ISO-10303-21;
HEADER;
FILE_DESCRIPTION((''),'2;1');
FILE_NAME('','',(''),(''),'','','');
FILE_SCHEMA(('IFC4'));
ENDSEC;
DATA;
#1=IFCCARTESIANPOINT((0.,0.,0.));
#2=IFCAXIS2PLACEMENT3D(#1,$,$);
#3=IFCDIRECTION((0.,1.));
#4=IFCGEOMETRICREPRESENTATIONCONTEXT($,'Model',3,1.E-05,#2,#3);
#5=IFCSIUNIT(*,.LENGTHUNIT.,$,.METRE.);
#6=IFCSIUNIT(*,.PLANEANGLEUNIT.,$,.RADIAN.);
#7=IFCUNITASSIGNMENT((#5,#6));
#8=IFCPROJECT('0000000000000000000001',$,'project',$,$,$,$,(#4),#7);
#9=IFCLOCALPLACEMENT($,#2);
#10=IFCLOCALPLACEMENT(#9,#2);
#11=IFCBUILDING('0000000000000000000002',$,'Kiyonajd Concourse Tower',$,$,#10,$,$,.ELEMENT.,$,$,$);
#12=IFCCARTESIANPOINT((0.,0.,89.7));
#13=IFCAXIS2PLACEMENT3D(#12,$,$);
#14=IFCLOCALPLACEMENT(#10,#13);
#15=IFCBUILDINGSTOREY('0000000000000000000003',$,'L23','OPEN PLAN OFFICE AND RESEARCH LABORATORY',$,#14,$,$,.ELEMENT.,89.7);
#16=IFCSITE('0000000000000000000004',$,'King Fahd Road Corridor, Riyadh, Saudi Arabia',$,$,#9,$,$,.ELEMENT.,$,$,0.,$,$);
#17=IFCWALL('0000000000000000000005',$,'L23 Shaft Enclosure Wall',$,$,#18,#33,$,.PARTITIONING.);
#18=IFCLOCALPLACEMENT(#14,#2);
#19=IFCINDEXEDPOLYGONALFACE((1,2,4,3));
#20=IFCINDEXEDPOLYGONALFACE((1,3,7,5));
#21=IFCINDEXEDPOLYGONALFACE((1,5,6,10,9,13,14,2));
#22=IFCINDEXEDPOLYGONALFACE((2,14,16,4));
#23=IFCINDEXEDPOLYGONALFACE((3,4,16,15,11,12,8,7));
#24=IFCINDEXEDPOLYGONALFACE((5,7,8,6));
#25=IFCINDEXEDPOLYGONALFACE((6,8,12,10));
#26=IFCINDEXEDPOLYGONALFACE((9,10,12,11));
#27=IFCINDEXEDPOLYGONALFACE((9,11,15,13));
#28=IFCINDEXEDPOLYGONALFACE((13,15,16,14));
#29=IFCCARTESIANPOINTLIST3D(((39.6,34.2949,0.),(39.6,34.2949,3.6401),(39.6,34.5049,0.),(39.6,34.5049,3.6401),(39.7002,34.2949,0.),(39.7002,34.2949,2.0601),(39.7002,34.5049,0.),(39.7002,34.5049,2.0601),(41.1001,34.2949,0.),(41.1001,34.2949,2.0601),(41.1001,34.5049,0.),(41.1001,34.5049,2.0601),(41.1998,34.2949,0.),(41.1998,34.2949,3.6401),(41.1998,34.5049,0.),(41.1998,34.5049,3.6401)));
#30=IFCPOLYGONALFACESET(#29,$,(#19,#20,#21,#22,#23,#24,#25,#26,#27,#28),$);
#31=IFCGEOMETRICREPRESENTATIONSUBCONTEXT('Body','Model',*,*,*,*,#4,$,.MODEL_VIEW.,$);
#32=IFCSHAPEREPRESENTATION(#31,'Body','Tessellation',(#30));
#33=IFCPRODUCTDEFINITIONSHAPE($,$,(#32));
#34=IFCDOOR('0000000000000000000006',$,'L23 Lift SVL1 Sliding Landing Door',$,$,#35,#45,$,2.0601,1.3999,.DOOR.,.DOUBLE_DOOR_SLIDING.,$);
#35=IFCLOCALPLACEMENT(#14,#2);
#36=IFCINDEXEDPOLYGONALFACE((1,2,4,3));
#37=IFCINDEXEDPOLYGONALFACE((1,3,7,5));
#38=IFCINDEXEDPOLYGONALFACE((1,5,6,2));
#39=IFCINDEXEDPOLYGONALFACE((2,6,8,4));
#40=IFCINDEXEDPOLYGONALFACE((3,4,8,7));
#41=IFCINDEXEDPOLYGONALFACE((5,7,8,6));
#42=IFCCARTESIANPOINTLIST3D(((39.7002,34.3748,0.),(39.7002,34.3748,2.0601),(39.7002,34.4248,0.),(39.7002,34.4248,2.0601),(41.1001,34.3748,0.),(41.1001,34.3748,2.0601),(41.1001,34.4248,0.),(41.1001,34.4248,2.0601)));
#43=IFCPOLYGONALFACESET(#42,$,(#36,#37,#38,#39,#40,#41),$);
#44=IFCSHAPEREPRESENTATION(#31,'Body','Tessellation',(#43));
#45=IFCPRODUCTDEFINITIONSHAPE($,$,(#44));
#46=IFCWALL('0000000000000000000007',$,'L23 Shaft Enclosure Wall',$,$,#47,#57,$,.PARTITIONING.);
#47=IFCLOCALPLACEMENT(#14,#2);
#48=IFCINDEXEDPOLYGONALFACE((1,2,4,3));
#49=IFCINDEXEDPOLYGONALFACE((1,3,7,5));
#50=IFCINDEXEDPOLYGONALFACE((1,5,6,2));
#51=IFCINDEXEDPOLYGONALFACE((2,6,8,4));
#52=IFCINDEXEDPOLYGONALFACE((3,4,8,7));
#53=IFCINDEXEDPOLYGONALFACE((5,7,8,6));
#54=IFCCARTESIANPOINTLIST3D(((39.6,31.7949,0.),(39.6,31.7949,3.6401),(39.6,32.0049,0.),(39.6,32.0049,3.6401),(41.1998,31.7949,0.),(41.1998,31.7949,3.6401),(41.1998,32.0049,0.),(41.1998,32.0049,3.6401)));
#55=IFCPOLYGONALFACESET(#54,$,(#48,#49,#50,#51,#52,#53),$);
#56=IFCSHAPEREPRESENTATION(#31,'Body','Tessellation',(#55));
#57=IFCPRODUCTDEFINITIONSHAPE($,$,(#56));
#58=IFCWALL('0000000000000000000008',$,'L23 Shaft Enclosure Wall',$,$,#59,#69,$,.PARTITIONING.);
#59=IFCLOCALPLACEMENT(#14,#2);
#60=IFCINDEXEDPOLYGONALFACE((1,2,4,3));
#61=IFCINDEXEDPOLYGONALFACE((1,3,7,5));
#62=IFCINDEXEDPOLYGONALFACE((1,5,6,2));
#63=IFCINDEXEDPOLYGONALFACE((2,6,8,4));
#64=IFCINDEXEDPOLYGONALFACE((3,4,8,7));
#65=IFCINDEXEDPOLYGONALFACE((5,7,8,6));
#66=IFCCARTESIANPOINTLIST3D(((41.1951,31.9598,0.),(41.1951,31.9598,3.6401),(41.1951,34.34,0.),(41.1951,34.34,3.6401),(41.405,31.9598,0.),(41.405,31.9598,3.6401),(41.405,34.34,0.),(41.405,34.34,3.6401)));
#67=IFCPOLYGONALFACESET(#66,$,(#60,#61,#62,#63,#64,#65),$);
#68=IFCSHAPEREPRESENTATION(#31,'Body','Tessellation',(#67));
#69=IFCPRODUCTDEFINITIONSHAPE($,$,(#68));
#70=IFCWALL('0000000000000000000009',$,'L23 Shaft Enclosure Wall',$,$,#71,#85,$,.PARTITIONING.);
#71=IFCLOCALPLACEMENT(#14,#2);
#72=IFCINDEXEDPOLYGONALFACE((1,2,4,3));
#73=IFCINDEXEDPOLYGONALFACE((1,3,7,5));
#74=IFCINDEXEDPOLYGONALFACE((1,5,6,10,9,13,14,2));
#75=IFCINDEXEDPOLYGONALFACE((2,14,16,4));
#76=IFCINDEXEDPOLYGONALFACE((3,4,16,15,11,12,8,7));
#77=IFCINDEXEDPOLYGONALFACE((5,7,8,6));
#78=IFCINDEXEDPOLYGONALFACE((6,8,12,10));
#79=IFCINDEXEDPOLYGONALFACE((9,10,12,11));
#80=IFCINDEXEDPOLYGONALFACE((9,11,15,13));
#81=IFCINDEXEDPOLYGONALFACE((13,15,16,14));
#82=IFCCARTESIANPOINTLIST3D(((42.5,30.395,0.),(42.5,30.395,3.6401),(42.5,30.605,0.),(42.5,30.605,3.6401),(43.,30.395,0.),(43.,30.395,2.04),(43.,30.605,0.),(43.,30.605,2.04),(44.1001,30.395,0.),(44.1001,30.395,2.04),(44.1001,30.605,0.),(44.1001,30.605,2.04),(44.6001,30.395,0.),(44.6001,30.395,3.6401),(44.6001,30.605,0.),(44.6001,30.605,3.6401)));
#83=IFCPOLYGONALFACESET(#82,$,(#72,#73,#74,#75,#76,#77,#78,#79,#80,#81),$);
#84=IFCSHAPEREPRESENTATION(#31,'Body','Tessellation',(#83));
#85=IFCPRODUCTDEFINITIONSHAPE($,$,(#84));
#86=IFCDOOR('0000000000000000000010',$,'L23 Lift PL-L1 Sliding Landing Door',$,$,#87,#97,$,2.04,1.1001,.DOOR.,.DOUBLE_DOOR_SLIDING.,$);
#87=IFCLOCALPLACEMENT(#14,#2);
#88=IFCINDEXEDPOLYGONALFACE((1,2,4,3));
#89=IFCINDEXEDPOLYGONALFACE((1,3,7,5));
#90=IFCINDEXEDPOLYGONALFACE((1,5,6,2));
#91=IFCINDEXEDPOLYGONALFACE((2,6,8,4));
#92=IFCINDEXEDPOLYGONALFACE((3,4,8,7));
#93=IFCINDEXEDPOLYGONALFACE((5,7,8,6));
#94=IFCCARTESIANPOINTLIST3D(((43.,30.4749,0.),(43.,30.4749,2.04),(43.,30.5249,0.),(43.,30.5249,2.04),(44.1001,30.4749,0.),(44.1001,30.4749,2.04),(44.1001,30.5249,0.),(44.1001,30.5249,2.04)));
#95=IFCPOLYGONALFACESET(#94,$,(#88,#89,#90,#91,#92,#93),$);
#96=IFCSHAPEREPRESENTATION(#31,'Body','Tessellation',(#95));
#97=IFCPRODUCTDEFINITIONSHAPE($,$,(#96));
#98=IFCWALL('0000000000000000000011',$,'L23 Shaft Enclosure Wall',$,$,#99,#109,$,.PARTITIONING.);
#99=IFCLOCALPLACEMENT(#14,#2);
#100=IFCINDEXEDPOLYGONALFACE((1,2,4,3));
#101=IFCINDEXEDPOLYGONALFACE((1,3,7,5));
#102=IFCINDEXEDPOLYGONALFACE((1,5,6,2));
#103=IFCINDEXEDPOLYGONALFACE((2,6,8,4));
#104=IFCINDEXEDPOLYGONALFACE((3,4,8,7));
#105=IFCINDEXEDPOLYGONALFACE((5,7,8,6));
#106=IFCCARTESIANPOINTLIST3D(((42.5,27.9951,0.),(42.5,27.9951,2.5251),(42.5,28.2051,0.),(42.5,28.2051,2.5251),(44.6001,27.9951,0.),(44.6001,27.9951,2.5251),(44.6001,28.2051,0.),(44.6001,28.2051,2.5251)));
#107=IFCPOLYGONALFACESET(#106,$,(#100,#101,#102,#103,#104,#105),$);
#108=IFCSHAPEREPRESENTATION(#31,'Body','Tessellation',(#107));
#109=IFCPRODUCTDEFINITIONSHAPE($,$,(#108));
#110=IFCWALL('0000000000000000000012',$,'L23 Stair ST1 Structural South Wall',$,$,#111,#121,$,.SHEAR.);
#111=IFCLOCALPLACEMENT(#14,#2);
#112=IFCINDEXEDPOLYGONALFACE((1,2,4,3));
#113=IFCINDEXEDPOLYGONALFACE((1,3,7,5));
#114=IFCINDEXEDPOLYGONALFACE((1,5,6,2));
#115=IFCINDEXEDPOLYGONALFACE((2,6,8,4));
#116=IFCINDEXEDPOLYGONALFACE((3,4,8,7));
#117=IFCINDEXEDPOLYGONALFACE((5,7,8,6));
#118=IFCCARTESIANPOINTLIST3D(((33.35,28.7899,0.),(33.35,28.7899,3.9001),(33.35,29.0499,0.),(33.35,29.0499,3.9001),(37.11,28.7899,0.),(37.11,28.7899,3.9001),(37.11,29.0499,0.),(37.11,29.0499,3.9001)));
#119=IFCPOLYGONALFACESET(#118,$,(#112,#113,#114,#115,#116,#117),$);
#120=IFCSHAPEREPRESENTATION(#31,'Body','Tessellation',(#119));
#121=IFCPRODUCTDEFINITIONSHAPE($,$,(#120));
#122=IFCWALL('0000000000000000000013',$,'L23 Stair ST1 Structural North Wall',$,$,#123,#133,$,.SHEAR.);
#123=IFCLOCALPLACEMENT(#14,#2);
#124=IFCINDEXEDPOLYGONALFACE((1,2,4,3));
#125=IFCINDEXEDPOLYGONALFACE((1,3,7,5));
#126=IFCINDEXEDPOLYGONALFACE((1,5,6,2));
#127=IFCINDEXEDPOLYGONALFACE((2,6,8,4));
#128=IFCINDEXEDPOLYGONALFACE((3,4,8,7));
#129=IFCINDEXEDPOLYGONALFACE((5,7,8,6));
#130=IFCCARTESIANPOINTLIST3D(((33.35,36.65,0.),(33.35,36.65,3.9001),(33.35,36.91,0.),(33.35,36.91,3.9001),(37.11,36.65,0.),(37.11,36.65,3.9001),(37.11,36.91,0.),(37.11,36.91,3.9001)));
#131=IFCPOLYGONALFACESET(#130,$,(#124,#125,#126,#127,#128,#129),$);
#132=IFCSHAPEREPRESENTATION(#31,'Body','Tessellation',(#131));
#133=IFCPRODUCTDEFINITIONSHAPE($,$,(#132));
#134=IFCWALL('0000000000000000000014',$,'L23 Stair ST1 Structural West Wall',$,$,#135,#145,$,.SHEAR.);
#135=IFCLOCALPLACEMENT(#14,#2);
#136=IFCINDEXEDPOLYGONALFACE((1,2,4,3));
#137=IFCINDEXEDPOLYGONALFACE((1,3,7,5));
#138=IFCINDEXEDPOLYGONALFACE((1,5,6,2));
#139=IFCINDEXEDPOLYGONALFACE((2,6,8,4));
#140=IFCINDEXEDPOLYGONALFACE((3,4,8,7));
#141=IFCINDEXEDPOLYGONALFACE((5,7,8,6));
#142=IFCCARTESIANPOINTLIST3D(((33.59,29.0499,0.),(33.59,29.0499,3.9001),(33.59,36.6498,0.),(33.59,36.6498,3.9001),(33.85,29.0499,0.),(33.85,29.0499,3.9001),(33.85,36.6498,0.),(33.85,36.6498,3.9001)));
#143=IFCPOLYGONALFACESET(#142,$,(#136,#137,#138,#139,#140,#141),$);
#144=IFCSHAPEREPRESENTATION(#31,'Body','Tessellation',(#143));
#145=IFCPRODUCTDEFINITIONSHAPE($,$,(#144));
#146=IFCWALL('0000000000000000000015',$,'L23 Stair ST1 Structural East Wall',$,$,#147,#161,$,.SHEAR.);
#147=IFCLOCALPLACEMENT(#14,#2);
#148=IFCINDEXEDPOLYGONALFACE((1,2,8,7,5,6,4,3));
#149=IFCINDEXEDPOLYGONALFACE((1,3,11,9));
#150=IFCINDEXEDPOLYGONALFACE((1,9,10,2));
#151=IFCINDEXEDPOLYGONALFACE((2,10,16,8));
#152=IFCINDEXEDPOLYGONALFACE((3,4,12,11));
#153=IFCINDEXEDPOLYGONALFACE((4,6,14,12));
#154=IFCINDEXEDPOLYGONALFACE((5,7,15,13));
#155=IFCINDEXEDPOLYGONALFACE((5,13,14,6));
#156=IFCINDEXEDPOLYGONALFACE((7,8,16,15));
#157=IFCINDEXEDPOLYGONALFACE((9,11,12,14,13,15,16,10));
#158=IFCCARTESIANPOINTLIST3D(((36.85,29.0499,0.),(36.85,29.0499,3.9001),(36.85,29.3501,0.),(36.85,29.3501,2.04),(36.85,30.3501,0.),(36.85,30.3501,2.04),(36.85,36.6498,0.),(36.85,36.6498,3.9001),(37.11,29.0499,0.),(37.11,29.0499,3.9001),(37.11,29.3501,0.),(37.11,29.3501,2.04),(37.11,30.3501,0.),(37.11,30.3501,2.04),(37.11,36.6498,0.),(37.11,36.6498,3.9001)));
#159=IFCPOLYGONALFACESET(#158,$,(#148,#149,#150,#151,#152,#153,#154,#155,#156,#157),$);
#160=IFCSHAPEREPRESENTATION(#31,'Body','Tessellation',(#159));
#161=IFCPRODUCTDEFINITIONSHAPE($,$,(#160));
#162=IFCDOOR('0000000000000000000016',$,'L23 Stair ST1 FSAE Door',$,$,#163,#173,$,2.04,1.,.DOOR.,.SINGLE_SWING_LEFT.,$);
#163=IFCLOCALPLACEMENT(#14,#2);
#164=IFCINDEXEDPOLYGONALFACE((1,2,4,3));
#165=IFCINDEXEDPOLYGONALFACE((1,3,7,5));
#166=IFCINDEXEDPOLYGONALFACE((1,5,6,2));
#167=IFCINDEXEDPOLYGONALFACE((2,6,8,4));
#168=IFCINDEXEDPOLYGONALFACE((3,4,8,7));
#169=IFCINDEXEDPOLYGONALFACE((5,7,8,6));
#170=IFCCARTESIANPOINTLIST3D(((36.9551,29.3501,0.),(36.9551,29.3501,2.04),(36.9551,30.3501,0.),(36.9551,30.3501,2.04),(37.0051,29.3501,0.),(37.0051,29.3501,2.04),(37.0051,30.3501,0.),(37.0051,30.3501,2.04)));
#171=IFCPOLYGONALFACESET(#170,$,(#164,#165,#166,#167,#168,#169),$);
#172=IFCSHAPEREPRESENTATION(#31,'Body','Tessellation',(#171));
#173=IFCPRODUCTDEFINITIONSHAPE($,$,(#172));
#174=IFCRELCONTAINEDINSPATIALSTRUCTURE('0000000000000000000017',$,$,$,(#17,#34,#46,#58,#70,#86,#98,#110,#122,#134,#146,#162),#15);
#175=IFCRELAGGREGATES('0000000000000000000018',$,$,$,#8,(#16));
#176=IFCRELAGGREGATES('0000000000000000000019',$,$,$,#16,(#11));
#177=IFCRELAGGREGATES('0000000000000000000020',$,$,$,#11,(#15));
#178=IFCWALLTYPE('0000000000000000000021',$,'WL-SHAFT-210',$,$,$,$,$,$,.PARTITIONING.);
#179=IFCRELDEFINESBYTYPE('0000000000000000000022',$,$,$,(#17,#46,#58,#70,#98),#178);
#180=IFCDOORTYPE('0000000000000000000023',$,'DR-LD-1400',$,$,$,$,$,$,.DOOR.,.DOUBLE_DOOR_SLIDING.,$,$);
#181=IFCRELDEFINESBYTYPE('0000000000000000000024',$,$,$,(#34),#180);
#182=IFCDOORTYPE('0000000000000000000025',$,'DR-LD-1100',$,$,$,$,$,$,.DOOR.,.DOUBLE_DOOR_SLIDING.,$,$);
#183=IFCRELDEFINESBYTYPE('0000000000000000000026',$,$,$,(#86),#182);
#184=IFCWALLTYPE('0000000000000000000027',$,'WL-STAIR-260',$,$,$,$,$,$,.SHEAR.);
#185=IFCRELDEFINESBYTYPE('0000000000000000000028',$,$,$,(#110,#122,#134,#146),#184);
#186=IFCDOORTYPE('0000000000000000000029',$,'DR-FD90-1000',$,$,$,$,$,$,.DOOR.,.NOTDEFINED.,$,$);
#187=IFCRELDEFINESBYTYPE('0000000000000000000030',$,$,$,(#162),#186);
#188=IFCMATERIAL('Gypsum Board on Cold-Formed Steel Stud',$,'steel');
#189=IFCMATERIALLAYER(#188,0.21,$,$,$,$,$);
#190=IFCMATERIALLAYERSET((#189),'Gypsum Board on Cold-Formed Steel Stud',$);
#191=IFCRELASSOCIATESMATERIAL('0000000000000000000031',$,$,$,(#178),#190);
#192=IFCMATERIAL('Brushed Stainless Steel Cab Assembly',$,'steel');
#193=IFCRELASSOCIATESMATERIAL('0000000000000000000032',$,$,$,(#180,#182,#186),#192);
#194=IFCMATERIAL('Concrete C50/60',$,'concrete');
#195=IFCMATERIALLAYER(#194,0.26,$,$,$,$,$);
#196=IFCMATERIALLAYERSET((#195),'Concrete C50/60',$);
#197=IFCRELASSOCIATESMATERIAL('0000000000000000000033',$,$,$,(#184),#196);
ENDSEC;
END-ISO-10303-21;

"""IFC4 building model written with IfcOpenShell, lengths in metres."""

from ifc_helpers import new_model, si_unit, direction, frame, frame_2d, origin, place, context, subcontext, project, spatial, rectangle, extrude, material, layer, layer_set, type_object, element, fill, save


model = new_model("IFC4")

# Units and contexts
model_context = context("Model", 3, precision=1e-05, world=origin(), true_north=direction((0.0, 1.0)))
body_context = subcontext(model_context, "Body", "Model", "MODEL_VIEW")
ifc_project = project(units=[si_unit("LENGTHUNIT", "METRE"), si_unit("PLANEANGLEUNIT", "RADIAN")], contexts=[model_context])

# Site, building, storey
site_placement = place(None, origin())
site = spatial("IfcSite", under=ifc_project, at=site_placement, Name="King Fahd Road Corridor, Riyadh, Saudi Arabia", CompositionType="ELEMENT", RefElevation=0.0)
building_placement = place(site_placement, origin())
building = spatial("IfcBuilding", under=site, at=building_placement, Name="Kiyonajd Concourse Tower", CompositionType="ELEMENT")
storey_placement = place(building_placement, frame((0.0, 0.0, 89.7)))
storey = spatial("IfcBuildingStorey", under=building, at=storey_placement, Name="L23", Description="OPEN PLAN OFFICE AND RESEARCH LABORATORY", CompositionType="ELEMENT", Elevation=89.7)

# Shared definitions
ifc_material_1 = material(Name="Concrete C50/60", Category="concrete")

# Shared definitions
ifc_material_2 = material(Name="Brushed Stainless Steel Cab Assembly", Category="steel")
ifc_material_3 = material(Name="Gypsum Board on Cold-Formed Steel Stud", Category="steel")
ifc_layer_1 = layer(ifc_material_3, 0.21)
ifc_layer_set_1 = layer_set([ifc_layer_1], Name="Gypsum Board on Cold-Formed Steel Stud")
wall_type_1 = type_object("IfcWallType", Name="WL-SHAFT-210", PredefinedType="PARTITIONING", material=ifc_layer_set_1)

# Wall, opening, door
wall_1_placement = place(storey_placement, frame((39.6001, 34.3999, 0.0), z_axis=(0.0, 0.0, 1.0), x_axis=(1.0, 0.0, 0.0)))
wall_1 = element("IfcWall", 1, at=wall_1_placement, inside=storey, type_object=wall_type_1, Name="L23 Shaft Enclosure Wall", PredefinedType="PARTITIONING", context=body_context, shape_type="SweptSolid", body=[
    extrude(rectangle(XDim=1.5999, YDim=0.21, at=frame_2d((0.7998, 0.0))), origin(), (0.0, 0.0, 1.0), 3.6401),
])
opening_1_placement = place(wall_1_placement, frame((0.1001, 0.0, 0.0)))
opening_1 = element("IfcOpeningElement", 2, at=opening_1_placement, cuts=wall_1, PredefinedType="OPENING", context=body_context, shape_type="SweptSolid", body=[
    extrude(rectangle(XDim=1.3999, YDim=2.0601, at=frame_2d((0.7, 1.03))), frame((0.0, 0.115, 0.0), z_axis=(0.0, -1.0, 0.0), x_axis=(1.0, 0.0, 0.0)), (0.0, 0.0, 1.0), 0.23),
])
door_type_1 = type_object("IfcDoorType", Name="DR-LD-1400", OperationType="DOUBLE_DOOR_SLIDING", PredefinedType="DOOR", material=ifc_material_2)
door_1_placement = place(opening_1_placement, origin())
door_1 = element("IfcDoor", 3, at=door_1_placement, inside=storey, type_object=door_type_1, Name="L23 Lift SVL1 Sliding Landing Door", OperationType="DOUBLE_DOOR_SLIDING", OverallHeight=2.0601, OverallWidth=1.3999, PredefinedType="DOOR", context=body_context, shape_type="SweptSolid", body=[
    extrude(rectangle(XDim=1.3999, YDim=2.0601, at=frame_2d((0.7, 1.03))), frame((0.0, 0.0249, 0.0), z_axis=(0.0, -1.0, 0.0), x_axis=(1.0, 0.0, 0.0)), (0.0, 0.0, 1.0), 0.05),
])
fill(opening_1, door_1)

# Walls
wall_2_placement = place(storey_placement, frame((39.6001, 31.8999, 0.0), z_axis=(0.0, 0.0, 1.0), x_axis=(1.0, 0.0, 0.0)))
element("IfcWall", 4, at=wall_2_placement, inside=storey, type_object=wall_type_1, Name="L23 Shaft Enclosure Wall", PredefinedType="PARTITIONING", context=body_context, shape_type="SweptSolid", body=[
    extrude(rectangle(XDim=1.5999, YDim=0.21, at=frame_2d((0.7998, 0.0))), origin(), (0.0, 0.0, 1.0), 3.6401),
])
wall_3_placement = place(storey_placement, frame((41.3, 31.96, 0.0), z_axis=(0.0, 0.0, 1.0), x_axis=(0.0, 1.0, 0.0)))
element("IfcWall", 5, at=wall_3_placement, inside=storey, type_object=wall_type_1, Name="L23 Shaft Enclosure Wall", PredefinedType="PARTITIONING", context=body_context, shape_type="SweptSolid", body=[
    extrude(rectangle(XDim=2.3801, YDim=0.21, at=frame_2d((1.1899, 0.0))), origin(), (0.0, 0.0, 1.0), 3.6401),
])

# Wall, opening, door
wall_4_placement = place(storey_placement, frame((42.5, 30.5, 0.0), z_axis=(0.0, 0.0, 1.0), x_axis=(1.0, 0.0, 0.0)))
wall_4 = element("IfcWall", 6, at=wall_4_placement, inside=storey, type_object=wall_type_1, Name="L23 Shaft Enclosure Wall", PredefinedType="PARTITIONING", context=body_context, shape_type="SweptSolid", body=[
    extrude(rectangle(XDim=2.1001, YDim=0.21, at=frame_2d((1.05, 0.0))), origin(), (0.0, 0.0, 1.0), 3.6401),
])
opening_2_placement = place(wall_4_placement, frame((0.5, 0.0, 0.0)))
opening_2 = element("IfcOpeningElement", 7, at=opening_2_placement, cuts=wall_4, PredefinedType="OPENING", context=body_context, shape_type="SweptSolid", body=[
    extrude(rectangle(XDim=1.1001, YDim=2.04, at=frame_2d((0.55, 1.02))), frame((0.0, 0.115, 0.0), z_axis=(0.0, -1.0, 0.0), x_axis=(1.0, 0.0, 0.0)), (0.0, 0.0, 1.0), 0.23),
])
door_type_2 = type_object("IfcDoorType", Name="DR-LD-1100", OperationType="DOUBLE_DOOR_SLIDING", PredefinedType="DOOR", material=ifc_material_2)
door_2_placement = place(opening_2_placement, origin())
door_2 = element("IfcDoor", 8, at=door_2_placement, inside=storey, type_object=door_type_2, Name="L23 Lift PL-L1 Sliding Landing Door", OperationType="DOUBLE_DOOR_SLIDING", OverallHeight=2.04, OverallWidth=1.1001, PredefinedType="DOOR", context=body_context, shape_type="SweptSolid", body=[
    extrude(rectangle(XDim=1.1001, YDim=2.04, at=frame_2d((0.55, 1.02))), frame((0.0, 0.0249, 0.0), z_axis=(0.0, -1.0, 0.0), x_axis=(1.0, 0.0, 0.0)), (0.0, 0.0, 1.0), 0.05),
])
fill(opening_2, door_2)

# Walls
wall_5_placement = place(storey_placement, frame((42.5, 28.1001, 0.0), z_axis=(0.0, 0.0, 1.0), x_axis=(1.0, 0.0, 0.0)))
element("IfcWall", 9, at=wall_5_placement, inside=storey, type_object=wall_type_1, Name="L23 Shaft Enclosure Wall", PredefinedType="PARTITIONING", context=body_context, shape_type="SweptSolid", body=[
    extrude(rectangle(XDim=2.1001, YDim=0.21, at=frame_2d((1.05, 0.0))), origin(), (0.0, 0.0, 1.0), 2.5251),
])
ifc_layer_2 = layer(ifc_material_1, 0.26)
ifc_layer_set_2 = layer_set([ifc_layer_2], Name="Concrete C50/60")
wall_type_2 = type_object("IfcWallType", Name="WL-STAIR-260", PredefinedType="SHEAR", material=ifc_layer_set_2)
for number, where, z_axis, x_axis, name in (
    (10, (33.3501, 28.9199, 0.0), (0.0, 0.0, 1.0), (1.0, 0.0, 0.0), "L23 Stair ST1 Structural South Wall"),
    (11, (33.3501, 36.78, 0.0), (0.0, 0.0, 1.0), (1.0, 0.0, 0.0), "L23 Stair ST1 Structural North Wall"),
):
    element("IfcWall", number, at=place(storey_placement, frame(where, z_axis=z_axis, x_axis=x_axis)), inside=storey, type_object=wall_type_2, Name=name, PredefinedType="SHEAR", context=body_context, shape_type="SweptSolid", body=[
        extrude(rectangle(XDim=3.76, YDim=0.26, at=frame_2d((1.8799, 0.0))), origin(), (0.0, 0.0, 1.0), 3.9001),
    ])
wall_6_placement = place(storey_placement, frame((33.72, 29.05, 0.0), z_axis=(0.0, 0.0, 1.0), x_axis=(0.0, 1.0, 0.0)))
element("IfcWall", 12, at=wall_6_placement, inside=storey, type_object=wall_type_2, Name="L23 Stair ST1 Structural West Wall", PredefinedType="SHEAR", context=body_context, shape_type="SweptSolid", body=[
    extrude(rectangle(XDim=7.5999, YDim=0.26, at=frame_2d((3.7998, 0.0))), origin(), (0.0, 0.0, 1.0), 3.9001),
])

# Wall, opening, door
wall_7_placement = place(storey_placement, frame((36.98, 29.05, 0.0), z_axis=(0.0, 0.0, 1.0), x_axis=(0.0, 1.0, 0.0)))
wall_7 = element("IfcWall", 13, at=wall_7_placement, inside=storey, type_object=wall_type_2, Name="L23 Stair ST1 Structural East Wall", PredefinedType="SHEAR", context=body_context, shape_type="SweptSolid", body=[
    extrude(rectangle(XDim=7.5999, YDim=0.26, at=frame_2d((3.7998, 0.0))), origin(), (0.0, 0.0, 1.0), 3.9001),
])
opening_3_placement = place(wall_7_placement, frame((0.3, 0.0, 0.0)))
opening_3 = element("IfcOpeningElement", 14, at=opening_3_placement, cuts=wall_7, PredefinedType="OPENING", context=body_context, shape_type="SweptSolid", body=[
    extrude(rectangle(XDim=1.0, YDim=2.04, at=frame_2d((0.5, 1.02))), frame((0.0, 0.1399, 0.0), z_axis=(0.0, -1.0, 0.0), x_axis=(1.0, 0.0, 0.0)), (0.0, 0.0, 1.0), 0.28),
])
door_type_3 = type_object("IfcDoorType", Name="DR-FD90-1000", OperationType="NOTDEFINED", PredefinedType="DOOR", material=ifc_material_2)
door_3_placement = place(opening_3_placement, origin())
door_3 = element("IfcDoor", 15, at=door_3_placement, inside=storey, type_object=door_type_3, Name="L23 Stair ST1 FSAE Door", OperationType="SINGLE_SWING_LEFT", OverallHeight=2.04, OverallWidth=1.0, PredefinedType="DOOR", context=body_context, shape_type="SweptSolid", body=[
    extrude(rectangle(XDim=1.0, YDim=2.04, at=frame_2d((0.5, 1.02))), frame((0.0, 0.0249, 0.0), z_axis=(0.0, -1.0, 0.0), x_axis=(1.0, 0.0, 0.0)), (0.0, 0.0, 1.0), 0.05),
])
fill(opening_3, door_3)

save(model, "model.ifc")
